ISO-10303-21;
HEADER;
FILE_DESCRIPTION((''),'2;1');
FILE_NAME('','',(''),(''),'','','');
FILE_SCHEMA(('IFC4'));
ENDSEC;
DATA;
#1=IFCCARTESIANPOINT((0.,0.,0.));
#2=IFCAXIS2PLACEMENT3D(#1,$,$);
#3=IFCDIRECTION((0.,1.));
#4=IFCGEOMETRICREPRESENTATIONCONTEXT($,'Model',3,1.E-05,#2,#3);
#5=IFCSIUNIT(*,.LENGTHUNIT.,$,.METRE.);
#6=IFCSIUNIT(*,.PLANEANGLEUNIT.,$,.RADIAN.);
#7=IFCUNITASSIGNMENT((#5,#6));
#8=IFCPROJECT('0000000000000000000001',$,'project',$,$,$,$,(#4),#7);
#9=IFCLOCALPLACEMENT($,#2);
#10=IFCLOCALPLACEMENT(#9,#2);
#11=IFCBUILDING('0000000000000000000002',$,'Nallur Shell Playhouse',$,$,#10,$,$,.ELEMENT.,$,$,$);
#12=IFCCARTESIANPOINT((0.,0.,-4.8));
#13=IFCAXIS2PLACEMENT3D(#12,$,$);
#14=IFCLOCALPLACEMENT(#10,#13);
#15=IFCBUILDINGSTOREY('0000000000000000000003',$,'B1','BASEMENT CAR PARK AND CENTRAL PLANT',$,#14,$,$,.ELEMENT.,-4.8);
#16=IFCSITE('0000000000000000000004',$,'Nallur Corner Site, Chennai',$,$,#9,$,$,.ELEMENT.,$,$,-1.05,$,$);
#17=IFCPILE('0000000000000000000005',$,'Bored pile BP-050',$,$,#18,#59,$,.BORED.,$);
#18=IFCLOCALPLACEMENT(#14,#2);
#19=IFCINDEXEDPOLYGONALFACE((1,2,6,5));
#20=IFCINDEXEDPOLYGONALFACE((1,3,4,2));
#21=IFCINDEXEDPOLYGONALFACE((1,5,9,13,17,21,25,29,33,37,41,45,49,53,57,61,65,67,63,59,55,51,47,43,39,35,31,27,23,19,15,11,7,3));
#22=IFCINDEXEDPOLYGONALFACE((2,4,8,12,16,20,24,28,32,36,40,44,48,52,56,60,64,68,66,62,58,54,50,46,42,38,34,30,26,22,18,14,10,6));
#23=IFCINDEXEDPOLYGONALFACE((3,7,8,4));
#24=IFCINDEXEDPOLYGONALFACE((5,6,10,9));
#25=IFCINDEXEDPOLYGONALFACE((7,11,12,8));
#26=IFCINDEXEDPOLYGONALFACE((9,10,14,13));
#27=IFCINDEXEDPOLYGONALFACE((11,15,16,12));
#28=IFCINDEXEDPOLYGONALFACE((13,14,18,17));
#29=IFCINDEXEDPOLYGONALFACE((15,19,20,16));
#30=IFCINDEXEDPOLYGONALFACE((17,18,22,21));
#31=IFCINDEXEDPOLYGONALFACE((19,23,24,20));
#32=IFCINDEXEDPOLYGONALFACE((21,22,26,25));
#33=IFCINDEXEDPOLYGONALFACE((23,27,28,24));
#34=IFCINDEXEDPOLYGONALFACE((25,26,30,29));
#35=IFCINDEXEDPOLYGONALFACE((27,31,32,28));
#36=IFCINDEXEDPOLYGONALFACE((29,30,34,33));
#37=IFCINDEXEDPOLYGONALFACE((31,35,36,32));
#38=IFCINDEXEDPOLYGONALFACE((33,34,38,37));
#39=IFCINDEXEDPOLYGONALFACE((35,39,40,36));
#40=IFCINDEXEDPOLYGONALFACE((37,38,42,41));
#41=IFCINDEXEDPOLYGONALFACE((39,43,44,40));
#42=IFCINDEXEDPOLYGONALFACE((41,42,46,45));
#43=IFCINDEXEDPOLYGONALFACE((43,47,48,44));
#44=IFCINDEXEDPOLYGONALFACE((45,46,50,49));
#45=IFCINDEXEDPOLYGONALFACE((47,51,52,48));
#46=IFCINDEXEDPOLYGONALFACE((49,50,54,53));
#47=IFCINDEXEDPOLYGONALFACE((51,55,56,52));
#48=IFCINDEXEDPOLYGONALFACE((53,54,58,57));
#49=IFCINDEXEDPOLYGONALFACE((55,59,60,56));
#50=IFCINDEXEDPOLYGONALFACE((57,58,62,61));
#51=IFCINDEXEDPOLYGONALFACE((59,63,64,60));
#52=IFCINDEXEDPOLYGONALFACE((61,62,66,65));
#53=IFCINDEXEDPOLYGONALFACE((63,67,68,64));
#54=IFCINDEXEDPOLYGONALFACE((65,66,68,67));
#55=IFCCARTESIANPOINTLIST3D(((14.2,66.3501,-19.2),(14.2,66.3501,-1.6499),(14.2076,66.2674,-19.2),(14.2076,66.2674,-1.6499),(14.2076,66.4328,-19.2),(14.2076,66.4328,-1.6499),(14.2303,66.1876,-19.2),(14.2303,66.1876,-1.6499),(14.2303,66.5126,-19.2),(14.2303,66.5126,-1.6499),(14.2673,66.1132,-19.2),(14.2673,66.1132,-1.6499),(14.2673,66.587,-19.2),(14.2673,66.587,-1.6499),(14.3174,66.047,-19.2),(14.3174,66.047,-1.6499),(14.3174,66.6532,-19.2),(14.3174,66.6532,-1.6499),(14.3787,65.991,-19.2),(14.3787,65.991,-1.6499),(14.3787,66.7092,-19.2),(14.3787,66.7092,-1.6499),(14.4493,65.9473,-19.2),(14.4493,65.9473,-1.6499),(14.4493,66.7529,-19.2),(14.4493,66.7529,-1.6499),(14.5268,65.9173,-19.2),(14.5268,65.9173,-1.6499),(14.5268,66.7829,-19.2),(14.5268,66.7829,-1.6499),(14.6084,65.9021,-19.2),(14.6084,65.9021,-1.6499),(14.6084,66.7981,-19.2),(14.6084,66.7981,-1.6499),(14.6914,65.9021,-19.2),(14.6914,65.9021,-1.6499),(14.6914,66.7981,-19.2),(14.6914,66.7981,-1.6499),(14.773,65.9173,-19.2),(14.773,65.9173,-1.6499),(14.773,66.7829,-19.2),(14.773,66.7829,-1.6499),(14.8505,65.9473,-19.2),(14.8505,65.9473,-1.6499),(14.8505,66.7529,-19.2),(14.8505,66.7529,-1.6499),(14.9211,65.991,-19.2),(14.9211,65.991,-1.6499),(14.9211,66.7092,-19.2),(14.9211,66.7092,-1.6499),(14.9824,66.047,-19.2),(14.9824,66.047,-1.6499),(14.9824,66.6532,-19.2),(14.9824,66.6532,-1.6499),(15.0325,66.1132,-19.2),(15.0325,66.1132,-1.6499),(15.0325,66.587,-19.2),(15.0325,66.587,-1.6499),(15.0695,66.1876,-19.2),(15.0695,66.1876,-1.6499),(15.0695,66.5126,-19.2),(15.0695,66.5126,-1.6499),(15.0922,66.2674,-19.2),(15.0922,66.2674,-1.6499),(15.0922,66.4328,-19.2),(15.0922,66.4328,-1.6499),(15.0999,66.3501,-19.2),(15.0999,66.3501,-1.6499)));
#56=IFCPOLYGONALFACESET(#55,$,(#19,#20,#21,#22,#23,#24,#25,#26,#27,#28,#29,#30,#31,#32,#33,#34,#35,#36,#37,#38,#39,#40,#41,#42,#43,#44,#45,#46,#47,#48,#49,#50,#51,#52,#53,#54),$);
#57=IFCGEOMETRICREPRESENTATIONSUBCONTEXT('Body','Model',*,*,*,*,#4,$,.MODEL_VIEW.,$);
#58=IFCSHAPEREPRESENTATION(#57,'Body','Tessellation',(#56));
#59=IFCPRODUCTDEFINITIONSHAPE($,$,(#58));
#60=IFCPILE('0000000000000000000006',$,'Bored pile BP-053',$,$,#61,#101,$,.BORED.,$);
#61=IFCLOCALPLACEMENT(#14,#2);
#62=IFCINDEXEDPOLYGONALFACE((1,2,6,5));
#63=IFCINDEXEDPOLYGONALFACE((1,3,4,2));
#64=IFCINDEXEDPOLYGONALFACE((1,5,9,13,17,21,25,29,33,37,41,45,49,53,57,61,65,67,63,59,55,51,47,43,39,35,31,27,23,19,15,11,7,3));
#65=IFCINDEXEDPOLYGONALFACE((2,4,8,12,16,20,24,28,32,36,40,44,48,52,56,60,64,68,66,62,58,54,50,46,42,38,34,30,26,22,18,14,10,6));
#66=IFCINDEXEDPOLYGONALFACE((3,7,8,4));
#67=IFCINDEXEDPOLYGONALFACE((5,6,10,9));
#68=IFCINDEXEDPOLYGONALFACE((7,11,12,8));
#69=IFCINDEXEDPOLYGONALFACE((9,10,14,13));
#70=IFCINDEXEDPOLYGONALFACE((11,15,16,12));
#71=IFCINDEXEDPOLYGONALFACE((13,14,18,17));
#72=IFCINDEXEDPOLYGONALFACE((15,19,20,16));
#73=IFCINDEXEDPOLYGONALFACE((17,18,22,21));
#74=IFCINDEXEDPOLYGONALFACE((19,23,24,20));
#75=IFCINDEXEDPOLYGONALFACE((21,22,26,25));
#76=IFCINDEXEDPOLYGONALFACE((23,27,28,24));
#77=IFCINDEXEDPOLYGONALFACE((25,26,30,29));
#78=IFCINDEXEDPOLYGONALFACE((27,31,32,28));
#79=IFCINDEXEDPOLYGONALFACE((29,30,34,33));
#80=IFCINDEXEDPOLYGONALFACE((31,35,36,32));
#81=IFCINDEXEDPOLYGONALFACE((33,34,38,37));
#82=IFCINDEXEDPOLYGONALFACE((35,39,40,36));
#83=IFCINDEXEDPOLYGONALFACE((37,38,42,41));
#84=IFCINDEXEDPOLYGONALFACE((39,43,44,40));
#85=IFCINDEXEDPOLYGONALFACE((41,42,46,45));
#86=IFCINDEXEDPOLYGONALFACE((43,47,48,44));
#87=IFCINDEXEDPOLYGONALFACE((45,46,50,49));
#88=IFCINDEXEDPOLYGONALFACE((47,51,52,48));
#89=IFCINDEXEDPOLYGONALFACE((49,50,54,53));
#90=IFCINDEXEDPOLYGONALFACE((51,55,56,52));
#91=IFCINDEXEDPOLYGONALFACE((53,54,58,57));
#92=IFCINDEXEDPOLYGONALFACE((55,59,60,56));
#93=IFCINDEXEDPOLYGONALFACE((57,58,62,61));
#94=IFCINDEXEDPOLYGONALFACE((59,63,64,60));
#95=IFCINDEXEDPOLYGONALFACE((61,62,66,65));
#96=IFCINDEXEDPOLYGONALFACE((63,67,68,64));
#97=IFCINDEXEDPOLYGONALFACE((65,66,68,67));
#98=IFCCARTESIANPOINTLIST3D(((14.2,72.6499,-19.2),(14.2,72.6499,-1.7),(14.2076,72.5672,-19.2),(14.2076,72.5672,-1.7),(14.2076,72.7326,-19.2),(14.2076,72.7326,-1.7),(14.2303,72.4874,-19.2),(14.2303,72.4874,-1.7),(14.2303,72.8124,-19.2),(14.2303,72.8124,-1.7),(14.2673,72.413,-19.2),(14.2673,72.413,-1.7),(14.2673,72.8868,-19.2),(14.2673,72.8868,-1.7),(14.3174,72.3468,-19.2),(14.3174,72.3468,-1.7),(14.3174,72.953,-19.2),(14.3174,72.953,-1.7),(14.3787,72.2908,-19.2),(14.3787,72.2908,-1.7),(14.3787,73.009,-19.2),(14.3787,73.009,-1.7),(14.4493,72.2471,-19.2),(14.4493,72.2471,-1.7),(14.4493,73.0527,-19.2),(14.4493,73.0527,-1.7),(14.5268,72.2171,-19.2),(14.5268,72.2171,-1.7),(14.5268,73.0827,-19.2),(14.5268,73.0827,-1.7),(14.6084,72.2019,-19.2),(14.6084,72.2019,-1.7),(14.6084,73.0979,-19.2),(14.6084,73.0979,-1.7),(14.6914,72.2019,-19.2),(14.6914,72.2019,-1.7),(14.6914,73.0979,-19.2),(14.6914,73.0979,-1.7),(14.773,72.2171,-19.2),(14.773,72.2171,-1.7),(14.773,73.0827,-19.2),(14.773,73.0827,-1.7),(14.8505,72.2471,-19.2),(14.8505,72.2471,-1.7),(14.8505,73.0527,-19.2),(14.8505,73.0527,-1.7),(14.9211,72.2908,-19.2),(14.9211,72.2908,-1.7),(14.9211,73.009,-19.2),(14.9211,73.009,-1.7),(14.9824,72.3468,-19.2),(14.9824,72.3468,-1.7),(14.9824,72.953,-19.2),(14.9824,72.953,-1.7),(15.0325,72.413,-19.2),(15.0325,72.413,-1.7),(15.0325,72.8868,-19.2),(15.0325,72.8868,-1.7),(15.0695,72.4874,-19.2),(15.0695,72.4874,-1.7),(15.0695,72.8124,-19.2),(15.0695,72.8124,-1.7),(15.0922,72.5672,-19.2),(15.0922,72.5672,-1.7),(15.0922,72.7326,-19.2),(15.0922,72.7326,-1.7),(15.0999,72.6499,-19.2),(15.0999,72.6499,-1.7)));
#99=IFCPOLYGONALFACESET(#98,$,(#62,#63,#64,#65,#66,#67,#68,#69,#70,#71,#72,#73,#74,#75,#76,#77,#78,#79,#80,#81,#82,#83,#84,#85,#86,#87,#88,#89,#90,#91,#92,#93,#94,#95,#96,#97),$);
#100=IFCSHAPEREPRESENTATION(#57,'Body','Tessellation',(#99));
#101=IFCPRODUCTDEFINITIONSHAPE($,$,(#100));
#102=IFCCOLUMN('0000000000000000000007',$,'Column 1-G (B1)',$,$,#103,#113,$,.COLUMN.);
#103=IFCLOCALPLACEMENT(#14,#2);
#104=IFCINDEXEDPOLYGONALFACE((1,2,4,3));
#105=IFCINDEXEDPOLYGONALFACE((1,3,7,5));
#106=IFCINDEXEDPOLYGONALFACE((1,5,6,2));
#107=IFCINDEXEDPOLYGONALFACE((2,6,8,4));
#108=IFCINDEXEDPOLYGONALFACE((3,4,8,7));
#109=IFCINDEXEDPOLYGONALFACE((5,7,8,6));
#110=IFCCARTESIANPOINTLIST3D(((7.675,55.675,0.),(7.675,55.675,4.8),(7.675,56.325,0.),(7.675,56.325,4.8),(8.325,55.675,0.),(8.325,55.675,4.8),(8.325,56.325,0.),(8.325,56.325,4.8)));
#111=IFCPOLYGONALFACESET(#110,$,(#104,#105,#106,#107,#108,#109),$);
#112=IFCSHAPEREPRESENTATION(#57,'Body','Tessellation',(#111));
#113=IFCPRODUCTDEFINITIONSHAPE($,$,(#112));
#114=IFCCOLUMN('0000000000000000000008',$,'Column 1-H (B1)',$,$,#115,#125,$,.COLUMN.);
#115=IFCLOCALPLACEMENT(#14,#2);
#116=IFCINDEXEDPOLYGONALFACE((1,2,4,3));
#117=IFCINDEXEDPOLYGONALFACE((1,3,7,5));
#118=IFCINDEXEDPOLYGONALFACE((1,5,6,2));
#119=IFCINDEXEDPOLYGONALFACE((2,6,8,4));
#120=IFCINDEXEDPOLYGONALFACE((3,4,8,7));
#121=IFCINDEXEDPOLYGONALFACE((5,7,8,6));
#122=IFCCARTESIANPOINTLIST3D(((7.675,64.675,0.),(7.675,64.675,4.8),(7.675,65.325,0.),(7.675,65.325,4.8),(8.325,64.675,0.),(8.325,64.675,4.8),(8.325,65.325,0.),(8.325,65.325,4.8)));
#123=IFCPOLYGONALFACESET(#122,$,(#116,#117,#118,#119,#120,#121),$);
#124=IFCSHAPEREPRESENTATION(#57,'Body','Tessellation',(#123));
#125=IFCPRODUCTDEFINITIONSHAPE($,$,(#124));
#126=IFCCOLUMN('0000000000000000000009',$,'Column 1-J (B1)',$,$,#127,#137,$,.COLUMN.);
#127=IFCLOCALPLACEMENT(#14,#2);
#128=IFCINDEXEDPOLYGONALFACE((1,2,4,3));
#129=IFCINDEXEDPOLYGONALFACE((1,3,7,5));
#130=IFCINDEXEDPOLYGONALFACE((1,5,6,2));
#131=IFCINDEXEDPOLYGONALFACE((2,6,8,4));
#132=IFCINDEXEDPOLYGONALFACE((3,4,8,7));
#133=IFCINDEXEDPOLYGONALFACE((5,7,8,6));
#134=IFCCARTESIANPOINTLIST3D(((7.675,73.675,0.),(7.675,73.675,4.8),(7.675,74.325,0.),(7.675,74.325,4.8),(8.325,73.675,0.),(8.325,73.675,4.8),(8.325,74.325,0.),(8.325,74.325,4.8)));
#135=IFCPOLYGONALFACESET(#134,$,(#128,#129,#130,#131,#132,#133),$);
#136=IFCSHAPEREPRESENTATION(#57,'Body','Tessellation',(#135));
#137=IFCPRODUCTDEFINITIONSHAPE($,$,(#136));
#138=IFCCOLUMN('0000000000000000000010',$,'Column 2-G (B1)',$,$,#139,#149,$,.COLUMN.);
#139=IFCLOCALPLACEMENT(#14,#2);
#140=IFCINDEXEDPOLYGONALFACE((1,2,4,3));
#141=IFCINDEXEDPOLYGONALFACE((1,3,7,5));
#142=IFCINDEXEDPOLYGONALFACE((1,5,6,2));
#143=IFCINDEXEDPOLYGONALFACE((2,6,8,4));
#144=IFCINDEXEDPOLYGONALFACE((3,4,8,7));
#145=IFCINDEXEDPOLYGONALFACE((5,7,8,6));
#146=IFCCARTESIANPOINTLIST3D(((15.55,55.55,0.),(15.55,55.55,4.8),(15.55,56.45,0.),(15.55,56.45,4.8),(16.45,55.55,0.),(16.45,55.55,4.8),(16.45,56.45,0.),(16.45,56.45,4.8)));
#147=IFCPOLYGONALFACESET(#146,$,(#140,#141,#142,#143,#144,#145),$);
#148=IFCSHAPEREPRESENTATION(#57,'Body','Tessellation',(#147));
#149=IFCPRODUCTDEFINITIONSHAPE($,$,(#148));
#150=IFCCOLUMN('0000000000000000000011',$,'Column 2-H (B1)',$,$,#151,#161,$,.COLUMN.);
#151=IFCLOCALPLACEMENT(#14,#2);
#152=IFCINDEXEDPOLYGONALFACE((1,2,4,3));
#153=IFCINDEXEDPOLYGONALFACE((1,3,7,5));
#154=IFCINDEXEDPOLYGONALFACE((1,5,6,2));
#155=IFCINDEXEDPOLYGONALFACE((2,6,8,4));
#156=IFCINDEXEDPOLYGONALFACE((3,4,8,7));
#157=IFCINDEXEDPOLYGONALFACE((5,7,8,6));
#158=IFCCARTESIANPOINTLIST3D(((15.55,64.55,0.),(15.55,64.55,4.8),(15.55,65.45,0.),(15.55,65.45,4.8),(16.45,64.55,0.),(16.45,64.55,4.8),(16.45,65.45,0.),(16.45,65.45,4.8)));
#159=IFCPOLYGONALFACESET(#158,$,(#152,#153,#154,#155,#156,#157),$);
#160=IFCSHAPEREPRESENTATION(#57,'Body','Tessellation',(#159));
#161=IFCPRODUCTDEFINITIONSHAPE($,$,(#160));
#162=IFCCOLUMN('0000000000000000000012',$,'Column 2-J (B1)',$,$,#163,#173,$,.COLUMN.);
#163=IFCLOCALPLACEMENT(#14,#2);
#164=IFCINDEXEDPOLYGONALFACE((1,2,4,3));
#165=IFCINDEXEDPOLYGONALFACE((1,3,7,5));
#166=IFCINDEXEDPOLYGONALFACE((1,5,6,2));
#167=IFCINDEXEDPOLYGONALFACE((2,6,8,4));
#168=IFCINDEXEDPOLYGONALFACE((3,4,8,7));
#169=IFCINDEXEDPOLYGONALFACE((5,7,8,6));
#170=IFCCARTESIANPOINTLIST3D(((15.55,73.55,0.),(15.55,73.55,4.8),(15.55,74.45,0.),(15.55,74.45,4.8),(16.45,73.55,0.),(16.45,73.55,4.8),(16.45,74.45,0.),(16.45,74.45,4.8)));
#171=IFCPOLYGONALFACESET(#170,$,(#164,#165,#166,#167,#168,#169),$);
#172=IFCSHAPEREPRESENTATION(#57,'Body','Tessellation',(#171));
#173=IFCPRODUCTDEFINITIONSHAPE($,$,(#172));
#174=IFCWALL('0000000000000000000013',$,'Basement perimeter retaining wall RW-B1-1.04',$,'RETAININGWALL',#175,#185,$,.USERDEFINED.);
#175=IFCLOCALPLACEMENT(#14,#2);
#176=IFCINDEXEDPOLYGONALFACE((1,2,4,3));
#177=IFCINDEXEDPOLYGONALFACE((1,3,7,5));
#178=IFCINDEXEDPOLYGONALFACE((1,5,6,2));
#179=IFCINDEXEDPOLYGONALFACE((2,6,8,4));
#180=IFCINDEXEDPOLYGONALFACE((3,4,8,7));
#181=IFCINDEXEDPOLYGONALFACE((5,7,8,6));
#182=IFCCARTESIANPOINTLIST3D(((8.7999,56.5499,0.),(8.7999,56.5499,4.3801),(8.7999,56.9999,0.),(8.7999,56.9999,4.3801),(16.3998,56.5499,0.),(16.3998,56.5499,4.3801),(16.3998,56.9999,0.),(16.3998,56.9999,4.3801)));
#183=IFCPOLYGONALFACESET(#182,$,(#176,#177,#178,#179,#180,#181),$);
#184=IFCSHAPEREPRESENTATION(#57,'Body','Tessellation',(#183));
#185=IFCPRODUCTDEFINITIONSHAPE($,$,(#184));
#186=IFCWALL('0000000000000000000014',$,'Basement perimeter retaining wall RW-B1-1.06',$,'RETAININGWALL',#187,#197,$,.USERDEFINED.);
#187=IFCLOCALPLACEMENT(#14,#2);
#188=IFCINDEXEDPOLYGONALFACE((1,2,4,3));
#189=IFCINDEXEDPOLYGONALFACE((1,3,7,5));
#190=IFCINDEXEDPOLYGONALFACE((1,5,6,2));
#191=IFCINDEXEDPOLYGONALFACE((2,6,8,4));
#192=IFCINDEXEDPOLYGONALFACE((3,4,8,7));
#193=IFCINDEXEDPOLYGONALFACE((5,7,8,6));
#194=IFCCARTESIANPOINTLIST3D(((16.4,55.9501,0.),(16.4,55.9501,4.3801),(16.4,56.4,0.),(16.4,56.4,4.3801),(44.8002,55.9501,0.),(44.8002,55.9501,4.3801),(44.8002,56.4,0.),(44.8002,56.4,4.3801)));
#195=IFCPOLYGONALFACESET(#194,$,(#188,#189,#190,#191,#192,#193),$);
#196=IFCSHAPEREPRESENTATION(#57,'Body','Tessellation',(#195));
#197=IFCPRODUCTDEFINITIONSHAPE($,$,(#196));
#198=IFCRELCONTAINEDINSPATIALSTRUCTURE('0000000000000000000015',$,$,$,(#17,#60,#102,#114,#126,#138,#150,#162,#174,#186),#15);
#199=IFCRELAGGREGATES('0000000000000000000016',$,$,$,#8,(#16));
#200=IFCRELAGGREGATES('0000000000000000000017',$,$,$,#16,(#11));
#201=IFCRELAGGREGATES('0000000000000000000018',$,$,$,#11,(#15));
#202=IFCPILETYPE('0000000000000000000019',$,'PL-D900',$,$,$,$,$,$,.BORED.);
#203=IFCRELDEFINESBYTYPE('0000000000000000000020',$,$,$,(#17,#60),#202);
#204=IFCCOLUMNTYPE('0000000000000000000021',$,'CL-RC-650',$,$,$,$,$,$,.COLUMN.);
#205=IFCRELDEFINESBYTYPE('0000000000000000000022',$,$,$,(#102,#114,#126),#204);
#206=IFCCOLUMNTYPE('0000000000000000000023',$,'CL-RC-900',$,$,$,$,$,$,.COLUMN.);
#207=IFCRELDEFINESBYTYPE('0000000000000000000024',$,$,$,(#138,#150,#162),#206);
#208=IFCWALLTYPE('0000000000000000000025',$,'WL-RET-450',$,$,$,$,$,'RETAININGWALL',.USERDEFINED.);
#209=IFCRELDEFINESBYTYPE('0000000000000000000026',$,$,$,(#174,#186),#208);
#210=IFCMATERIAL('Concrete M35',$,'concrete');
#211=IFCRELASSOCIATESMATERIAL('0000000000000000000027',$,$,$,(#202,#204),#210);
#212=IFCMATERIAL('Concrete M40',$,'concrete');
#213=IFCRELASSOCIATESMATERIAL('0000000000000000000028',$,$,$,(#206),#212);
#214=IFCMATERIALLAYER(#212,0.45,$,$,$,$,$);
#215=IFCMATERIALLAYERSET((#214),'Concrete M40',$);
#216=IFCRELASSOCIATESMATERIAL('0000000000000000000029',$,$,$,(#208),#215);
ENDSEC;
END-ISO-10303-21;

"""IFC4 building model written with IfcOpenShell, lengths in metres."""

from ifc_helpers import new_model, si_unit, direction, frame, frame_2d, origin, origin_2d, place, context, subcontext, project, spatial, rectangle, circle, extrude, material, layer, layer_set, material_profile, profile_set, type_object, element, save


model = new_model("IFC4")

# Units and contexts
model_context = context("Model", 3, precision=1e-05, world=origin(), true_north=direction((0.0, 1.0)))
body_context = subcontext(model_context, "Body", "Model", "MODEL_VIEW")
ifc_project = project(units=[si_unit("LENGTHUNIT", "METRE"), si_unit("PLANEANGLEUNIT", "RADIAN")], contexts=[model_context])

# Site, building, storey
site_placement = place(None, origin())
site = spatial("IfcSite", under=ifc_project, at=site_placement, Name="Nallur Corner Site, Chennai", CompositionType="ELEMENT", RefElevation=-1.05)
building_placement = place(site_placement, origin())
building = spatial("IfcBuilding", under=site, at=building_placement, Name="Nallur Shell Playhouse", CompositionType="ELEMENT")
storey_placement = place(building_placement, frame((0.0, 0.0, -4.8)))
storey = spatial("IfcBuildingStorey", under=building, at=storey_placement, Name="B1", Description="BASEMENT CAR PARK AND CENTRAL PLANT", CompositionType="ELEMENT", Elevation=-4.8)

# Shared definitions
ifc_material_1 = material(Name="Concrete M35", Category="concrete")

# Piles
ifc_material_profile_1 = material_profile(ifc_material_1, circle(Radius=0.45, at=origin_2d()), Name="BORED PILE D900")
ifc_profile_set_1 = profile_set([ifc_material_profile_1], Name="Concrete M35")
pile_type_1 = type_object("IfcPileType", Name="PL-D900", PredefinedType="BORED", material=ifc_profile_set_1)
for number, where, z_axis, x_axis, name in (
    (1, (14.6499, 66.3501, -1.6499), (0.0, 0.0, -1.0), (1.0, 0.0, 0.0), "Bored pile BP-050"),
):
    element("IfcPile", number, at=place(storey_placement, frame(where, z_axis=z_axis, x_axis=x_axis)), inside=storey, type_object=pile_type_1, Name=name, PredefinedType="BORED", context=body_context, shape_type="SweptSolid", body=[
        extrude(circle(Radius=0.45, at=origin_2d()), origin(), (0.0, 0.0, 1.0), 17.55),
    ])
pile_1_placement = place(storey_placement, frame((14.6499, 72.6499, -1.7), z_axis=(0.0, 0.0, -1.0), x_axis=(1.0, 0.0, 0.0)))
element("IfcPile", 2, at=pile_1_placement, inside=storey, type_object=pile_type_1, Name="Bored pile BP-053", PredefinedType="BORED", context=body_context, shape_type="SweptSolid", body=[
    extrude(circle(Radius=0.45, at=origin_2d()), origin(), (0.0, 0.0, 1.0), 17.5),
])

# Columns
ifc_material_profile_2 = material_profile(ifc_material_1, rectangle(XDim=0.6499, YDim=0.6499, at=origin_2d()), Name="RC 650x650")
ifc_profile_set_2 = profile_set([ifc_material_profile_2], Name="Concrete M35")
column_type_1 = type_object("IfcColumnType", Name="CL-RC-650", PredefinedType="COLUMN", material=ifc_profile_set_2)
for number, where, z_axis, x_axis, name in (
    (3, (8.0, 56.0, 0.0), (0.0, 0.0, 1.0), (1.0, 0.0, 0.0), "Column 1-G (B1)"),
    (4, (8.0, 65.0, 0.0), (0.0, 0.0, 1.0), (1.0, 0.0, 0.0), "Column 1-H (B1)"),
    (5, (8.0, 74.0, 0.0), (0.0, 0.0, 1.0), (1.0, 0.0, 0.0), "Column 1-J (B1)"),
):
    element("IfcColumn", number, at=place(storey_placement, frame(where, z_axis=z_axis, x_axis=x_axis)), inside=storey, type_object=column_type_1, Name=name, PredefinedType="COLUMN", context=body_context, shape_type="SweptSolid", body=[
        extrude(rectangle(XDim=0.6499, YDim=0.6499, at=origin_2d()), origin(), (0.0, 0.0, 1.0), 4.8),
    ])
ifc_material_2 = material(Name="Concrete M40", Category="concrete")
ifc_material_profile_3 = material_profile(ifc_material_2, rectangle(XDim=0.8999, YDim=0.8999, at=origin_2d()), Name="RC 900x900")
ifc_profile_set_3 = profile_set([ifc_material_profile_3], Name="Concrete M40")
column_type_2 = type_object("IfcColumnType", Name="CL-RC-900", PredefinedType="COLUMN", material=ifc_profile_set_3)
for number, where, z_axis, x_axis, name in (
    (6, (16.0, 56.0, 0.0), (0.0, 0.0, 1.0), (1.0, 0.0, 0.0), "Column 2-G (B1)"),
    (7, (16.0, 65.0, 0.0), (0.0, 0.0, 1.0), (1.0, 0.0, 0.0), "Column 2-H (B1)"),
    (8, (16.0, 74.0, 0.0), (0.0, 0.0, 1.0), (1.0, 0.0, 0.0), "Column 2-J (B1)"),
):
    element("IfcColumn", number, at=place(storey_placement, frame(where, z_axis=z_axis, x_axis=x_axis)), inside=storey, type_object=column_type_2, Name=name, PredefinedType="COLUMN", context=body_context, shape_type="SweptSolid", body=[
        extrude(rectangle(XDim=0.8999, YDim=0.8999, at=origin_2d()), origin(), (0.0, 0.0, 1.0), 4.8),
    ])

# Walls
ifc_layer = layer(ifc_material_2, 0.45)
ifc_layer_set = layer_set([ifc_layer], Name="Concrete M40")
wall_type = type_object("IfcWallType", Name="WL-RET-450", ElementType="RETAININGWALL", PredefinedType="USERDEFINED", material=ifc_layer_set)
wall_1_placement = place(storey_placement, frame((8.8, 56.7749, 0.0), z_axis=(0.0, 0.0, 1.0), x_axis=(1.0, 0.0, 0.0)))
element("IfcWall", 9, at=wall_1_placement, inside=storey, type_object=wall_type, Name="Basement perimeter retaining wall RW-B1-1.04", ObjectType="RETAININGWALL", PredefinedType="USERDEFINED", context=body_context, shape_type="SweptSolid", body=[
    extrude(rectangle(XDim=7.5999, YDim=0.45, at=frame_2d((3.7998, 0.0))), origin(), (0.0, 0.0, 1.0), 4.3801),
])
wall_2_placement = place(storey_placement, frame((16.3999, 56.175, 0.0), z_axis=(0.0, 0.0, 1.0), x_axis=(1.0, 0.0, 0.0)))
element("IfcWall", 10, at=wall_2_placement, inside=storey, type_object=wall_type, Name="Basement perimeter retaining wall RW-B1-1.06", ObjectType="RETAININGWALL", PredefinedType="USERDEFINED", context=body_context, shape_type="SweptSolid", body=[
    extrude(rectangle(XDim=28.4001, YDim=0.45, at=frame_2d((14.2002, 0.0))), origin(), (0.0, 0.0, 1.0), 4.3801),
])

save(model, "model.ifc")
